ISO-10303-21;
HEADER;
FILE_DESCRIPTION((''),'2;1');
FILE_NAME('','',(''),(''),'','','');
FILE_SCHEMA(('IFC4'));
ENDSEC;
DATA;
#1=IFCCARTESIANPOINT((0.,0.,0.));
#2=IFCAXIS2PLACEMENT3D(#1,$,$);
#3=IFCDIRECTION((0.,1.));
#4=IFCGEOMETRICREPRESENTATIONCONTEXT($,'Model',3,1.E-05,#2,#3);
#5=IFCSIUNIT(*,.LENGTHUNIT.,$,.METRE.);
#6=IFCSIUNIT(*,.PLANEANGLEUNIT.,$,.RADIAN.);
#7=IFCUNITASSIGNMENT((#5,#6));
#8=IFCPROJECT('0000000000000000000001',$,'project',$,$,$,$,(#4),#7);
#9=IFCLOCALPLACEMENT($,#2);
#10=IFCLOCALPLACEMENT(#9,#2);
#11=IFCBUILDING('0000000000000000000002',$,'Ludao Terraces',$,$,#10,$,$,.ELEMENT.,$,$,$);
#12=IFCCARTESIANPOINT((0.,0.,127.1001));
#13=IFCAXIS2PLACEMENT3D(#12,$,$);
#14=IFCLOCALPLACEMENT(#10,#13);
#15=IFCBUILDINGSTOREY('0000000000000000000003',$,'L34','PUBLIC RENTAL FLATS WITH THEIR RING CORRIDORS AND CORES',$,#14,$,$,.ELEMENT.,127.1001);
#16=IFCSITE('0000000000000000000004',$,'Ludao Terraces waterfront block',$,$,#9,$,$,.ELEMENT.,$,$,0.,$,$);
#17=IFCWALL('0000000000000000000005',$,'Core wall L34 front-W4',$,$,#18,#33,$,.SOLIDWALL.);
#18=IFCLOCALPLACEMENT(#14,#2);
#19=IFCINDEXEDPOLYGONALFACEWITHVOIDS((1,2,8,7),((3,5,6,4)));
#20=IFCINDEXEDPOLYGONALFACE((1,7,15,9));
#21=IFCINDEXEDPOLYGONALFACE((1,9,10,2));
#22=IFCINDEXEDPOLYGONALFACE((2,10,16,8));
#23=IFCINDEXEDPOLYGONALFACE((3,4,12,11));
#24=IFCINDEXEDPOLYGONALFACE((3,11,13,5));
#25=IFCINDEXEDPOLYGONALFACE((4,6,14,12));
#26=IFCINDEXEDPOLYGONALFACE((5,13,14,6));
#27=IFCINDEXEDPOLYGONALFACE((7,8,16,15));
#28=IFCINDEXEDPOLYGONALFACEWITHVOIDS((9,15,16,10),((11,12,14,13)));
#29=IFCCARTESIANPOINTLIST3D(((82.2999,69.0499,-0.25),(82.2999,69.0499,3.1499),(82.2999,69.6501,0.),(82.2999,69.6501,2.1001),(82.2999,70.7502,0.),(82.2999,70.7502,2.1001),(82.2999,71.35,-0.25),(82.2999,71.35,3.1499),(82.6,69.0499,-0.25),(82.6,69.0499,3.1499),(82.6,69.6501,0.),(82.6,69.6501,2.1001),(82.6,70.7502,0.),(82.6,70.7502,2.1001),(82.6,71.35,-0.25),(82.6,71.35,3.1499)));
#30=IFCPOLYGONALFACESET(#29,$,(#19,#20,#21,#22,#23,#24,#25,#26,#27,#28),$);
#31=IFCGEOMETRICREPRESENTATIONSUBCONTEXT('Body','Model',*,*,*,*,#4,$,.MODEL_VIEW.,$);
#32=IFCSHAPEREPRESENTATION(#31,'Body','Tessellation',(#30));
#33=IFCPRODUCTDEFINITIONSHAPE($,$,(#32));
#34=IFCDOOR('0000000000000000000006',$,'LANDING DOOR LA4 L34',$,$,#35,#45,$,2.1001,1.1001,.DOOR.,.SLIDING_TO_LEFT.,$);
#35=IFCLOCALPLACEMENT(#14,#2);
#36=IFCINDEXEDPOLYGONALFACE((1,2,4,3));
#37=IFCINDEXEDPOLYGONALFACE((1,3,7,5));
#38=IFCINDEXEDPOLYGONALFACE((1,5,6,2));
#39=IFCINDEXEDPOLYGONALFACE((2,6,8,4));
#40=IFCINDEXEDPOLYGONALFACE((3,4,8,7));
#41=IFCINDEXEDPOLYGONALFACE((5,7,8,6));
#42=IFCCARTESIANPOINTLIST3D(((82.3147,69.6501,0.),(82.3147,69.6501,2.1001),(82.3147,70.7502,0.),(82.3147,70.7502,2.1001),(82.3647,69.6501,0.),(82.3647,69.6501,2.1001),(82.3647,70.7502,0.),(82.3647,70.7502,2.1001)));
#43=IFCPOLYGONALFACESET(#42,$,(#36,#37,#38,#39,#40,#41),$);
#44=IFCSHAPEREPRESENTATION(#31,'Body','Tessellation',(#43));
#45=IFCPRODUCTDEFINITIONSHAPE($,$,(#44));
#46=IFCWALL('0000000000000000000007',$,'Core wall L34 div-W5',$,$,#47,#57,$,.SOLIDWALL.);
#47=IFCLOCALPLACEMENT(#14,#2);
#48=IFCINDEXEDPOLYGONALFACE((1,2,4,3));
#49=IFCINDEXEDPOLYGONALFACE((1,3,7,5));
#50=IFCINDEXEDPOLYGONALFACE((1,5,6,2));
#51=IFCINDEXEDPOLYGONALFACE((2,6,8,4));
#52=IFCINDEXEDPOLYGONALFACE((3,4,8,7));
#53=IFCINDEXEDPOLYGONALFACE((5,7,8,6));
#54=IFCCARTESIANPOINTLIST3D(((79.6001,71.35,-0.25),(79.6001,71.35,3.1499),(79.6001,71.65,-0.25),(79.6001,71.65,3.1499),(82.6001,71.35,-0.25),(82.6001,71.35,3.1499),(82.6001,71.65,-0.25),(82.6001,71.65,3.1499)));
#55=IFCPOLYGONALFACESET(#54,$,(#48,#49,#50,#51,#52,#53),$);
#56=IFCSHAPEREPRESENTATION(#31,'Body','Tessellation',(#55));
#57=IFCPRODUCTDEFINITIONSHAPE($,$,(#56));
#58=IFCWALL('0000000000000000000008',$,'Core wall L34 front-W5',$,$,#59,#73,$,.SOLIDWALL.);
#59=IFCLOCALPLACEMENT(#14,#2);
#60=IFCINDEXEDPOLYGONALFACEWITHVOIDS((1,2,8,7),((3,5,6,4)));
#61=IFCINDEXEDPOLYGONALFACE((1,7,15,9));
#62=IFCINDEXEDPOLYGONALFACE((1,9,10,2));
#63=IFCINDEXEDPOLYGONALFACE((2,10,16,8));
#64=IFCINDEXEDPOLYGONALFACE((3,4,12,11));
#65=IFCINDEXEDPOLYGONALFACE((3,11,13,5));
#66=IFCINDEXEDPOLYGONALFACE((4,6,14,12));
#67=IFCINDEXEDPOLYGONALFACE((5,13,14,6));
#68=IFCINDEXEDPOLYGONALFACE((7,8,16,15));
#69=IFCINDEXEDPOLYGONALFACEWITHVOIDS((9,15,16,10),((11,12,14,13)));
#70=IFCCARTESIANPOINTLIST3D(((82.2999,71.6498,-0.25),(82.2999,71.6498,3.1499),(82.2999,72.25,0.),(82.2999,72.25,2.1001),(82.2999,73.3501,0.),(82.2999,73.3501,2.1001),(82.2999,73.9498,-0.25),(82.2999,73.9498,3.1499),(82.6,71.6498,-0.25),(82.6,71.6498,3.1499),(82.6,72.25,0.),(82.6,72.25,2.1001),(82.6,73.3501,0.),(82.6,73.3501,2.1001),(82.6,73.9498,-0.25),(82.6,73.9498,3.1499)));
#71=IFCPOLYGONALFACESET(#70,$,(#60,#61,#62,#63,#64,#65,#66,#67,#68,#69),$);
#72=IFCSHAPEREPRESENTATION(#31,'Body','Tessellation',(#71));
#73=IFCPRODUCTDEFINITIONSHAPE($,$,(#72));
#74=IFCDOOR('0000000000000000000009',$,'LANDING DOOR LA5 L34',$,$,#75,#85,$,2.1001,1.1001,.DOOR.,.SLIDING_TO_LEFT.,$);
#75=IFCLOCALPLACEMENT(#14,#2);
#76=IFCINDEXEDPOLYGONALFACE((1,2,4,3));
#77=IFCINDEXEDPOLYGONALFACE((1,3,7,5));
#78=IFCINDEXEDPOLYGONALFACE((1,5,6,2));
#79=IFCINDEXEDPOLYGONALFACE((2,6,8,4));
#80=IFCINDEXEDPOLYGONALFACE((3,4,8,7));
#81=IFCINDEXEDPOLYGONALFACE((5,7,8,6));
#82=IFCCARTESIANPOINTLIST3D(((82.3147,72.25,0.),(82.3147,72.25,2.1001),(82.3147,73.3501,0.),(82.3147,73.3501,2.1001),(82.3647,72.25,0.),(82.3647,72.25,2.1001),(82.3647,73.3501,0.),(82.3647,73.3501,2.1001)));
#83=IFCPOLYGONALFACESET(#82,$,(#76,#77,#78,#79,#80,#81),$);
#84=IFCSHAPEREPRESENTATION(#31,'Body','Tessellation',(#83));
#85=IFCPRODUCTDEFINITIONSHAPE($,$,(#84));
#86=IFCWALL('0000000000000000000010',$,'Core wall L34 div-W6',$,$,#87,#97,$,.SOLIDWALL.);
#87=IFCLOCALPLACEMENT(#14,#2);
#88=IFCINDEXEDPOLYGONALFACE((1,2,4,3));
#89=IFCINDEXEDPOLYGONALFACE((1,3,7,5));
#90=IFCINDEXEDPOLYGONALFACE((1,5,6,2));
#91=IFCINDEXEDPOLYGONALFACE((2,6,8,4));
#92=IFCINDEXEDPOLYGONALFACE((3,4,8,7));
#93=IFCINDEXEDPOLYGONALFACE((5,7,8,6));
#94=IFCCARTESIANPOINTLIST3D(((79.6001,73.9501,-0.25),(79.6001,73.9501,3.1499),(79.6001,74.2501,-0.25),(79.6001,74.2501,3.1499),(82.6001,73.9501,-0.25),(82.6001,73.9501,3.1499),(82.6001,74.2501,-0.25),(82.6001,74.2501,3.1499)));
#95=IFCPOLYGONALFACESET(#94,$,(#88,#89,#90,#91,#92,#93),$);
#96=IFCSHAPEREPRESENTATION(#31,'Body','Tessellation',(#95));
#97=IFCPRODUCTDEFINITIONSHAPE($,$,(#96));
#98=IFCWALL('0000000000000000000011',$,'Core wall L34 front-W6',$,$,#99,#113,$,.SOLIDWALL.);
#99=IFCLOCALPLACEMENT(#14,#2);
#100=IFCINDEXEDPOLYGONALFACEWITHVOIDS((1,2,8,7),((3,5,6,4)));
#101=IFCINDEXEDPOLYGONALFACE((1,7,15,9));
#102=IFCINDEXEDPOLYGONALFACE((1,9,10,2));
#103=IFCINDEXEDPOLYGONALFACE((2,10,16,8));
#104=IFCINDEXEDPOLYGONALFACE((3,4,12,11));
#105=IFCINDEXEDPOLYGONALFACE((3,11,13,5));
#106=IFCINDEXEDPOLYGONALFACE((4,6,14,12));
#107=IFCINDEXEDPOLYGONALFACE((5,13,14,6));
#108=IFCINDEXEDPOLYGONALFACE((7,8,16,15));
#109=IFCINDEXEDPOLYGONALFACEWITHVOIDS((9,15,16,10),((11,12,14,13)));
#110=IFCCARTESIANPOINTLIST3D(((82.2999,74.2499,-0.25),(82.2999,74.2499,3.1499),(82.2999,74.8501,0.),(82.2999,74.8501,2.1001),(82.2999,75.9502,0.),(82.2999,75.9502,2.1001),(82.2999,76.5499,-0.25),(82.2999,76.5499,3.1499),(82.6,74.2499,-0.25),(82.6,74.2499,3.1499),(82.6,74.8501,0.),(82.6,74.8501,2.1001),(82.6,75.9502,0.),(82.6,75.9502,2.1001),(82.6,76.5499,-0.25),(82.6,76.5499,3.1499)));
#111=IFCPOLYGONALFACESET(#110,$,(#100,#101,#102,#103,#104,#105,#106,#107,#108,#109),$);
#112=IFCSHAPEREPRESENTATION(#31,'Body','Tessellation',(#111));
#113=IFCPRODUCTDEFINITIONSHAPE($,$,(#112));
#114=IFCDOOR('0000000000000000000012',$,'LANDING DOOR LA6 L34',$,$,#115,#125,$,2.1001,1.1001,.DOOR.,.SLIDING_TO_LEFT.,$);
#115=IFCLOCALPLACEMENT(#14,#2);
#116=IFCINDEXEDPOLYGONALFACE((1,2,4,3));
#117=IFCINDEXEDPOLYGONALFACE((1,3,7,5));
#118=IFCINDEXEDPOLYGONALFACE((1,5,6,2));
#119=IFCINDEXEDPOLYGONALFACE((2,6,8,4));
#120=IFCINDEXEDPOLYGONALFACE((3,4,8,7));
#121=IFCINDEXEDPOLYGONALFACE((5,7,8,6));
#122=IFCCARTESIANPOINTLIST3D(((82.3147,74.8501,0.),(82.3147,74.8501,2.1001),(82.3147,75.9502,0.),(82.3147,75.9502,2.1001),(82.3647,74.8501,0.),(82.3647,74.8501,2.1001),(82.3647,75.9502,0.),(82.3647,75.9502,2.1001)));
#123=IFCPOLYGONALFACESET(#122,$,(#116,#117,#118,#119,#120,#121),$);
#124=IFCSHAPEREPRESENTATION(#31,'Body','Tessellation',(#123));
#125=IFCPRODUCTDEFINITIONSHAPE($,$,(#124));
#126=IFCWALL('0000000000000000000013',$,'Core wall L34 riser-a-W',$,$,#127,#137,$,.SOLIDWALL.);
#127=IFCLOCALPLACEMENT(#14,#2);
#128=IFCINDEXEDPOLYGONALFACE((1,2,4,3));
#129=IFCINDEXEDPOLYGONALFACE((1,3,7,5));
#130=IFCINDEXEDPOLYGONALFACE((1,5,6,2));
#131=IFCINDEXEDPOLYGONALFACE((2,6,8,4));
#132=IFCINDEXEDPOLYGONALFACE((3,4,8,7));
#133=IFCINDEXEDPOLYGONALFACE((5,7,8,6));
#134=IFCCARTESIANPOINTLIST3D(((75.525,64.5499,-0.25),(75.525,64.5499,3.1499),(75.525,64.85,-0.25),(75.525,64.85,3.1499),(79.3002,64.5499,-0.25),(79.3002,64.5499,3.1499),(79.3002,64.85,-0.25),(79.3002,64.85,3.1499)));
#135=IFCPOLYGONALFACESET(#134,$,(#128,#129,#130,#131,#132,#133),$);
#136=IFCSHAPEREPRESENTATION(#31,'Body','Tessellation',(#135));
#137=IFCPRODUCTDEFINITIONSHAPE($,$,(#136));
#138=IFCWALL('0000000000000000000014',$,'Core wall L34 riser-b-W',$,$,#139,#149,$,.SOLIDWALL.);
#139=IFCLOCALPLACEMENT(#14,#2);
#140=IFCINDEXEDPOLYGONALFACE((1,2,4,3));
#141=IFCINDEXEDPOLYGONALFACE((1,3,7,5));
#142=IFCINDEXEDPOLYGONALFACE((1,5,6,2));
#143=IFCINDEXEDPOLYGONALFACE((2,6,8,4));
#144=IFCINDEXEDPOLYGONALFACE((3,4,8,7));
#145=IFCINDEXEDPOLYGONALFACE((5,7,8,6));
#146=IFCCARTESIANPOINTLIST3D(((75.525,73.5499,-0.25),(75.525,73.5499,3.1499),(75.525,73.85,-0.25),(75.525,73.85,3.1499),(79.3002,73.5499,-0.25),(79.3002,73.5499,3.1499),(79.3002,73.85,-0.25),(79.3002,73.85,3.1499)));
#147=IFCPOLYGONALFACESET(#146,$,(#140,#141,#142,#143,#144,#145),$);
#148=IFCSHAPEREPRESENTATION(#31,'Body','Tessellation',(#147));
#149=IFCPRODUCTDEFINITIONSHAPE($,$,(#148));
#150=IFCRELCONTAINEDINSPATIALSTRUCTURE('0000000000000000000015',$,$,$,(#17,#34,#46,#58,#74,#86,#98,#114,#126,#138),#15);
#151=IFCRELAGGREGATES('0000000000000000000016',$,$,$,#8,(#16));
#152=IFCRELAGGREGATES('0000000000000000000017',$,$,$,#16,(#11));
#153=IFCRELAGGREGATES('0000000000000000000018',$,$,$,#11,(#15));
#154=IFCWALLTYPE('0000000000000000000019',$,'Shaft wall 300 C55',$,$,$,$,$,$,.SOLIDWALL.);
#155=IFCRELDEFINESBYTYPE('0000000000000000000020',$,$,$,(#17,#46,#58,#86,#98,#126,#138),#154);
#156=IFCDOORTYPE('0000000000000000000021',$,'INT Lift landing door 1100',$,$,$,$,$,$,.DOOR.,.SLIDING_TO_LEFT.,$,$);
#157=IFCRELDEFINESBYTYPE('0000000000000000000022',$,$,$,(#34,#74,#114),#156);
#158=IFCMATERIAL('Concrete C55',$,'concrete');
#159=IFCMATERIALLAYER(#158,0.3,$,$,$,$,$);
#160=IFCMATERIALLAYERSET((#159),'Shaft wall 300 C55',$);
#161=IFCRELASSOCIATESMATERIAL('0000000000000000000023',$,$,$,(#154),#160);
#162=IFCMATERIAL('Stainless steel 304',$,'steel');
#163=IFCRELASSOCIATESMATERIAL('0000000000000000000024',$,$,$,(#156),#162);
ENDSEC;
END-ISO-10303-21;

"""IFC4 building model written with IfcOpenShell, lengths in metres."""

from ifc_helpers import new_model, si_unit, direction, frame, frame_2d, origin, place, context, subcontext, project, spatial, rectangle, extrude, material, layer, layer_set, type_object, element, fill, save


model = new_model("IFC4")

# Units and contexts
model_context = context("Model", 3, precision=1e-05, world=origin(), true_north=direction((0.0, 1.0)))
body_context = subcontext(model_context, "Body", "Model", "MODEL_VIEW")
ifc_project = project(units=[si_unit("LENGTHUNIT", "METRE"), si_unit("PLANEANGLEUNIT", "RADIAN")], contexts=[model_context])

# Site, building, storey
site_placement = place(None, origin())
site = spatial("IfcSite", under=ifc_project, at=site_placement, Name="Ludao Terraces waterfront block", CompositionType="ELEMENT", RefElevation=0.0)
building_placement = place(site_placement, origin())
building = spatial("IfcBuilding", under=site, at=building_placement, Name="Ludao Terraces", CompositionType="ELEMENT")
storey_placement = place(building_placement, frame((0.0, 0.0, 127.1001)))
storey = spatial("IfcBuildingStorey", under=building, at=storey_placement, Name="L34", Description="PUBLIC RENTAL FLATS WITH THEIR RING CORRIDORS AND CORES", CompositionType="ELEMENT", Elevation=127.1001)

# Shared definitions
ifc_material_1 = material(Name="Concrete C55", Category="concrete")
ifc_layer_1 = layer(ifc_material_1, 0.3)
ifc_layer_set_1 = layer_set([ifc_layer_1], Name="Shaft wall 300 C55")
wall_type_1 = type_object("IfcWallType", Name="Shaft wall 300 C55", PredefinedType="SOLIDWALL", material=ifc_layer_set_1)

# Shared definitions
ifc_material_2 = material(Name="Stainless steel 304", Category="steel")
door_type_1 = type_object("IfcDoorType", Name="INT Lift landing door 1100", OperationType="SLIDING_TO_LEFT", PredefinedType="DOOR", material=ifc_material_2)

# Wall, opening, door
wall_1_placement = place(storey_placement, frame((82.45, 69.05, -0.25), z_axis=(0.0, 0.0, 1.0), x_axis=(0.0, 1.0, 0.0)))
wall_1 = element("IfcWall", 1, at=wall_1_placement, inside=storey, type_object=wall_type_1, Name="Core wall L34 front-W4", PredefinedType="SOLIDWALL", context=body_context, shape_type="SweptSolid", body=[
    extrude(rectangle(XDim=2.3, YDim=0.3, at=frame_2d((1.1499, 0.0))), origin(), (0.0, 0.0, 1.0), 3.3999),
])
opening_1_placement = place(wall_1_placement, frame((0.6001, 0.0, 0.25)))
opening_1 = element("IfcOpeningElement", 2, at=opening_1_placement, cuts=wall_1, PredefinedType="OPENING", context=body_context, shape_type="SweptSolid", body=[
    extrude(rectangle(XDim=1.1001, YDim=2.1001, at=frame_2d((0.55, 1.05))), frame((0.0, 0.1602, 0.0), z_axis=(0.0, -1.0, 0.0), x_axis=(1.0, 0.0, 0.0)), (0.0, 0.0, 1.0), 0.3201),
])
door_1_placement = place(opening_1_placement, origin())
door_1 = element("IfcDoor", 3, at=door_1_placement, inside=storey, type_object=door_type_1, Name="LANDING DOOR LA4 L34", OperationType="SLIDING_TO_LEFT", OverallHeight=2.1001, OverallWidth=1.1001, PredefinedType="DOOR", context=body_context, shape_type="SweptSolid", body=[
    extrude(rectangle(XDim=1.1001, YDim=2.1001, at=frame_2d((0.55, 1.05))), frame((0.0, 0.1353, 0.0), z_axis=(0.0, -1.0, 0.0), x_axis=(1.0, 0.0, 0.0)), (0.0, 0.0, 1.0), 0.05),
])
fill(opening_1, door_1)

# Wall
wall_2_placement = place(storey_placement, frame((79.6001, 71.5, -0.25), z_axis=(0.0, 0.0, 1.0), x_axis=(1.0, 0.0, 0.0)))
element("IfcWall", 4, at=wall_2_placement, inside=storey, type_object=wall_type_1, Name="Core wall L34 div-W5", PredefinedType="SOLIDWALL", context=body_context, shape_type="SweptSolid", body=[
    extrude(rectangle(XDim=3.0, YDim=0.3, at=frame_2d((1.5, 0.0))), origin(), (0.0, 0.0, 1.0), 3.3999),
])

# Wall, opening, door
wall_3_placement = place(storey_placement, frame((82.45, 71.6499, -0.25), z_axis=(0.0, 0.0, 1.0), x_axis=(0.0, 1.0, 0.0)))
wall_3 = element("IfcWall", 5, at=wall_3_placement, inside=storey, type_object=wall_type_1, Name="Core wall L34 front-W5", PredefinedType="SOLIDWALL", context=body_context, shape_type="SweptSolid", body=[
    extrude(rectangle(XDim=2.3, YDim=0.3, at=frame_2d((1.1499, 0.0))), origin(), (0.0, 0.0, 1.0), 3.3999),
])
opening_2_placement = place(wall_3_placement, frame((0.6001, 0.0, 0.25)))
opening_2 = element("IfcOpeningElement", 6, at=opening_2_placement, cuts=wall_3, PredefinedType="OPENING", context=body_context, shape_type="SweptSolid", body=[
    extrude(rectangle(XDim=1.1001, YDim=2.1001, at=frame_2d((0.55, 1.05))), frame((0.0, 0.1602, 0.0), z_axis=(0.0, -1.0, 0.0), x_axis=(1.0, 0.0, 0.0)), (0.0, 0.0, 1.0), 0.3201),
])
door_2_placement = place(opening_2_placement, origin())
door_2 = element("IfcDoor", 7, at=door_2_placement, inside=storey, type_object=door_type_1, Name="LANDING DOOR LA5 L34", OperationType="SLIDING_TO_LEFT", OverallHeight=2.1001, OverallWidth=1.1001, PredefinedType="DOOR", context=body_context, shape_type="SweptSolid", body=[
    extrude(rectangle(XDim=1.1001, YDim=2.1001, at=frame_2d((0.55, 1.05))), frame((0.0, 0.1353, 0.0), z_axis=(0.0, -1.0, 0.0), x_axis=(1.0, 0.0, 0.0)), (0.0, 0.0, 1.0), 0.05),
])
fill(opening_2, door_2)

# Wall
wall_4_placement = place(storey_placement, frame((79.6001, 74.1001, -0.25), z_axis=(0.0, 0.0, 1.0), x_axis=(1.0, 0.0, 0.0)))
element("IfcWall", 8, at=wall_4_placement, inside=storey, type_object=wall_type_1, Name="Core wall L34 div-W6", PredefinedType="SOLIDWALL", context=body_context, shape_type="SweptSolid", body=[
    extrude(rectangle(XDim=3.0, YDim=0.3, at=frame_2d((1.5, 0.0))), origin(), (0.0, 0.0, 1.0), 3.3999),
])

# Wall, opening, door
wall_5_placement = place(storey_placement, frame((82.45, 74.25, -0.25), z_axis=(0.0, 0.0, 1.0), x_axis=(0.0, 1.0, 0.0)))
wall_5 = element("IfcWall", 9, at=wall_5_placement, inside=storey, type_object=wall_type_1, Name="Core wall L34 front-W6", PredefinedType="SOLIDWALL", context=body_context, shape_type="SweptSolid", body=[
    extrude(rectangle(XDim=2.3, YDim=0.3, at=frame_2d((1.1499, 0.0))), origin(), (0.0, 0.0, 1.0), 3.3999),
])
opening_3_placement = place(wall_5_placement, frame((0.6001, 0.0, 0.25)))
opening_3 = element("IfcOpeningElement", 10, at=opening_3_placement, cuts=wall_5, PredefinedType="OPENING", context=body_context, shape_type="SweptSolid", body=[
    extrude(rectangle(XDim=1.1001, YDim=2.1001, at=frame_2d((0.55, 1.05))), frame((0.0, 0.1602, 0.0), z_axis=(0.0, -1.0, 0.0), x_axis=(1.0, 0.0, 0.0)), (0.0, 0.0, 1.0), 0.3201),
])
door_3_placement = place(opening_3_placement, origin())
door_3 = element("IfcDoor", 11, at=door_3_placement, inside=storey, type_object=door_type_1, Name="LANDING DOOR LA6 L34", OperationType="SLIDING_TO_LEFT", OverallHeight=2.1001, OverallWidth=1.1001, PredefinedType="DOOR", context=body_context, shape_type="SweptSolid", body=[
    extrude(rectangle(XDim=1.1001, YDim=2.1001, at=frame_2d((0.55, 1.05))), frame((0.0, 0.1353, 0.0), z_axis=(0.0, -1.0, 0.0), x_axis=(1.0, 0.0, 0.0)), (0.0, 0.0, 1.0), 0.05),
])
fill(opening_3, door_3)

# Walls
for number, where, z_axis, x_axis, name in (
    (12, (75.5249, 64.7, -0.25), (0.0, 0.0, 1.0), (1.0, 0.0, 0.0), "Core wall L34 riser-a-W"),
    (13, (75.5249, 73.7, -0.25), (0.0, 0.0, 1.0), (1.0, 0.0, 0.0), "Core wall L34 riser-b-W"),
):
    element("IfcWall", number, at=place(storey_placement, frame(where, z_axis=z_axis, x_axis=x_axis)), inside=storey, type_object=wall_type_1, Name=name, PredefinedType="SOLIDWALL", context=body_context, shape_type="SweptSolid", body=[
        extrude(rectangle(XDim=3.7751, YDim=0.3, at=frame_2d((1.8877, 0.0))), origin(), (0.0, 0.0, 1.0), 3.3999),
    ])

save(model, "model.ifc")
